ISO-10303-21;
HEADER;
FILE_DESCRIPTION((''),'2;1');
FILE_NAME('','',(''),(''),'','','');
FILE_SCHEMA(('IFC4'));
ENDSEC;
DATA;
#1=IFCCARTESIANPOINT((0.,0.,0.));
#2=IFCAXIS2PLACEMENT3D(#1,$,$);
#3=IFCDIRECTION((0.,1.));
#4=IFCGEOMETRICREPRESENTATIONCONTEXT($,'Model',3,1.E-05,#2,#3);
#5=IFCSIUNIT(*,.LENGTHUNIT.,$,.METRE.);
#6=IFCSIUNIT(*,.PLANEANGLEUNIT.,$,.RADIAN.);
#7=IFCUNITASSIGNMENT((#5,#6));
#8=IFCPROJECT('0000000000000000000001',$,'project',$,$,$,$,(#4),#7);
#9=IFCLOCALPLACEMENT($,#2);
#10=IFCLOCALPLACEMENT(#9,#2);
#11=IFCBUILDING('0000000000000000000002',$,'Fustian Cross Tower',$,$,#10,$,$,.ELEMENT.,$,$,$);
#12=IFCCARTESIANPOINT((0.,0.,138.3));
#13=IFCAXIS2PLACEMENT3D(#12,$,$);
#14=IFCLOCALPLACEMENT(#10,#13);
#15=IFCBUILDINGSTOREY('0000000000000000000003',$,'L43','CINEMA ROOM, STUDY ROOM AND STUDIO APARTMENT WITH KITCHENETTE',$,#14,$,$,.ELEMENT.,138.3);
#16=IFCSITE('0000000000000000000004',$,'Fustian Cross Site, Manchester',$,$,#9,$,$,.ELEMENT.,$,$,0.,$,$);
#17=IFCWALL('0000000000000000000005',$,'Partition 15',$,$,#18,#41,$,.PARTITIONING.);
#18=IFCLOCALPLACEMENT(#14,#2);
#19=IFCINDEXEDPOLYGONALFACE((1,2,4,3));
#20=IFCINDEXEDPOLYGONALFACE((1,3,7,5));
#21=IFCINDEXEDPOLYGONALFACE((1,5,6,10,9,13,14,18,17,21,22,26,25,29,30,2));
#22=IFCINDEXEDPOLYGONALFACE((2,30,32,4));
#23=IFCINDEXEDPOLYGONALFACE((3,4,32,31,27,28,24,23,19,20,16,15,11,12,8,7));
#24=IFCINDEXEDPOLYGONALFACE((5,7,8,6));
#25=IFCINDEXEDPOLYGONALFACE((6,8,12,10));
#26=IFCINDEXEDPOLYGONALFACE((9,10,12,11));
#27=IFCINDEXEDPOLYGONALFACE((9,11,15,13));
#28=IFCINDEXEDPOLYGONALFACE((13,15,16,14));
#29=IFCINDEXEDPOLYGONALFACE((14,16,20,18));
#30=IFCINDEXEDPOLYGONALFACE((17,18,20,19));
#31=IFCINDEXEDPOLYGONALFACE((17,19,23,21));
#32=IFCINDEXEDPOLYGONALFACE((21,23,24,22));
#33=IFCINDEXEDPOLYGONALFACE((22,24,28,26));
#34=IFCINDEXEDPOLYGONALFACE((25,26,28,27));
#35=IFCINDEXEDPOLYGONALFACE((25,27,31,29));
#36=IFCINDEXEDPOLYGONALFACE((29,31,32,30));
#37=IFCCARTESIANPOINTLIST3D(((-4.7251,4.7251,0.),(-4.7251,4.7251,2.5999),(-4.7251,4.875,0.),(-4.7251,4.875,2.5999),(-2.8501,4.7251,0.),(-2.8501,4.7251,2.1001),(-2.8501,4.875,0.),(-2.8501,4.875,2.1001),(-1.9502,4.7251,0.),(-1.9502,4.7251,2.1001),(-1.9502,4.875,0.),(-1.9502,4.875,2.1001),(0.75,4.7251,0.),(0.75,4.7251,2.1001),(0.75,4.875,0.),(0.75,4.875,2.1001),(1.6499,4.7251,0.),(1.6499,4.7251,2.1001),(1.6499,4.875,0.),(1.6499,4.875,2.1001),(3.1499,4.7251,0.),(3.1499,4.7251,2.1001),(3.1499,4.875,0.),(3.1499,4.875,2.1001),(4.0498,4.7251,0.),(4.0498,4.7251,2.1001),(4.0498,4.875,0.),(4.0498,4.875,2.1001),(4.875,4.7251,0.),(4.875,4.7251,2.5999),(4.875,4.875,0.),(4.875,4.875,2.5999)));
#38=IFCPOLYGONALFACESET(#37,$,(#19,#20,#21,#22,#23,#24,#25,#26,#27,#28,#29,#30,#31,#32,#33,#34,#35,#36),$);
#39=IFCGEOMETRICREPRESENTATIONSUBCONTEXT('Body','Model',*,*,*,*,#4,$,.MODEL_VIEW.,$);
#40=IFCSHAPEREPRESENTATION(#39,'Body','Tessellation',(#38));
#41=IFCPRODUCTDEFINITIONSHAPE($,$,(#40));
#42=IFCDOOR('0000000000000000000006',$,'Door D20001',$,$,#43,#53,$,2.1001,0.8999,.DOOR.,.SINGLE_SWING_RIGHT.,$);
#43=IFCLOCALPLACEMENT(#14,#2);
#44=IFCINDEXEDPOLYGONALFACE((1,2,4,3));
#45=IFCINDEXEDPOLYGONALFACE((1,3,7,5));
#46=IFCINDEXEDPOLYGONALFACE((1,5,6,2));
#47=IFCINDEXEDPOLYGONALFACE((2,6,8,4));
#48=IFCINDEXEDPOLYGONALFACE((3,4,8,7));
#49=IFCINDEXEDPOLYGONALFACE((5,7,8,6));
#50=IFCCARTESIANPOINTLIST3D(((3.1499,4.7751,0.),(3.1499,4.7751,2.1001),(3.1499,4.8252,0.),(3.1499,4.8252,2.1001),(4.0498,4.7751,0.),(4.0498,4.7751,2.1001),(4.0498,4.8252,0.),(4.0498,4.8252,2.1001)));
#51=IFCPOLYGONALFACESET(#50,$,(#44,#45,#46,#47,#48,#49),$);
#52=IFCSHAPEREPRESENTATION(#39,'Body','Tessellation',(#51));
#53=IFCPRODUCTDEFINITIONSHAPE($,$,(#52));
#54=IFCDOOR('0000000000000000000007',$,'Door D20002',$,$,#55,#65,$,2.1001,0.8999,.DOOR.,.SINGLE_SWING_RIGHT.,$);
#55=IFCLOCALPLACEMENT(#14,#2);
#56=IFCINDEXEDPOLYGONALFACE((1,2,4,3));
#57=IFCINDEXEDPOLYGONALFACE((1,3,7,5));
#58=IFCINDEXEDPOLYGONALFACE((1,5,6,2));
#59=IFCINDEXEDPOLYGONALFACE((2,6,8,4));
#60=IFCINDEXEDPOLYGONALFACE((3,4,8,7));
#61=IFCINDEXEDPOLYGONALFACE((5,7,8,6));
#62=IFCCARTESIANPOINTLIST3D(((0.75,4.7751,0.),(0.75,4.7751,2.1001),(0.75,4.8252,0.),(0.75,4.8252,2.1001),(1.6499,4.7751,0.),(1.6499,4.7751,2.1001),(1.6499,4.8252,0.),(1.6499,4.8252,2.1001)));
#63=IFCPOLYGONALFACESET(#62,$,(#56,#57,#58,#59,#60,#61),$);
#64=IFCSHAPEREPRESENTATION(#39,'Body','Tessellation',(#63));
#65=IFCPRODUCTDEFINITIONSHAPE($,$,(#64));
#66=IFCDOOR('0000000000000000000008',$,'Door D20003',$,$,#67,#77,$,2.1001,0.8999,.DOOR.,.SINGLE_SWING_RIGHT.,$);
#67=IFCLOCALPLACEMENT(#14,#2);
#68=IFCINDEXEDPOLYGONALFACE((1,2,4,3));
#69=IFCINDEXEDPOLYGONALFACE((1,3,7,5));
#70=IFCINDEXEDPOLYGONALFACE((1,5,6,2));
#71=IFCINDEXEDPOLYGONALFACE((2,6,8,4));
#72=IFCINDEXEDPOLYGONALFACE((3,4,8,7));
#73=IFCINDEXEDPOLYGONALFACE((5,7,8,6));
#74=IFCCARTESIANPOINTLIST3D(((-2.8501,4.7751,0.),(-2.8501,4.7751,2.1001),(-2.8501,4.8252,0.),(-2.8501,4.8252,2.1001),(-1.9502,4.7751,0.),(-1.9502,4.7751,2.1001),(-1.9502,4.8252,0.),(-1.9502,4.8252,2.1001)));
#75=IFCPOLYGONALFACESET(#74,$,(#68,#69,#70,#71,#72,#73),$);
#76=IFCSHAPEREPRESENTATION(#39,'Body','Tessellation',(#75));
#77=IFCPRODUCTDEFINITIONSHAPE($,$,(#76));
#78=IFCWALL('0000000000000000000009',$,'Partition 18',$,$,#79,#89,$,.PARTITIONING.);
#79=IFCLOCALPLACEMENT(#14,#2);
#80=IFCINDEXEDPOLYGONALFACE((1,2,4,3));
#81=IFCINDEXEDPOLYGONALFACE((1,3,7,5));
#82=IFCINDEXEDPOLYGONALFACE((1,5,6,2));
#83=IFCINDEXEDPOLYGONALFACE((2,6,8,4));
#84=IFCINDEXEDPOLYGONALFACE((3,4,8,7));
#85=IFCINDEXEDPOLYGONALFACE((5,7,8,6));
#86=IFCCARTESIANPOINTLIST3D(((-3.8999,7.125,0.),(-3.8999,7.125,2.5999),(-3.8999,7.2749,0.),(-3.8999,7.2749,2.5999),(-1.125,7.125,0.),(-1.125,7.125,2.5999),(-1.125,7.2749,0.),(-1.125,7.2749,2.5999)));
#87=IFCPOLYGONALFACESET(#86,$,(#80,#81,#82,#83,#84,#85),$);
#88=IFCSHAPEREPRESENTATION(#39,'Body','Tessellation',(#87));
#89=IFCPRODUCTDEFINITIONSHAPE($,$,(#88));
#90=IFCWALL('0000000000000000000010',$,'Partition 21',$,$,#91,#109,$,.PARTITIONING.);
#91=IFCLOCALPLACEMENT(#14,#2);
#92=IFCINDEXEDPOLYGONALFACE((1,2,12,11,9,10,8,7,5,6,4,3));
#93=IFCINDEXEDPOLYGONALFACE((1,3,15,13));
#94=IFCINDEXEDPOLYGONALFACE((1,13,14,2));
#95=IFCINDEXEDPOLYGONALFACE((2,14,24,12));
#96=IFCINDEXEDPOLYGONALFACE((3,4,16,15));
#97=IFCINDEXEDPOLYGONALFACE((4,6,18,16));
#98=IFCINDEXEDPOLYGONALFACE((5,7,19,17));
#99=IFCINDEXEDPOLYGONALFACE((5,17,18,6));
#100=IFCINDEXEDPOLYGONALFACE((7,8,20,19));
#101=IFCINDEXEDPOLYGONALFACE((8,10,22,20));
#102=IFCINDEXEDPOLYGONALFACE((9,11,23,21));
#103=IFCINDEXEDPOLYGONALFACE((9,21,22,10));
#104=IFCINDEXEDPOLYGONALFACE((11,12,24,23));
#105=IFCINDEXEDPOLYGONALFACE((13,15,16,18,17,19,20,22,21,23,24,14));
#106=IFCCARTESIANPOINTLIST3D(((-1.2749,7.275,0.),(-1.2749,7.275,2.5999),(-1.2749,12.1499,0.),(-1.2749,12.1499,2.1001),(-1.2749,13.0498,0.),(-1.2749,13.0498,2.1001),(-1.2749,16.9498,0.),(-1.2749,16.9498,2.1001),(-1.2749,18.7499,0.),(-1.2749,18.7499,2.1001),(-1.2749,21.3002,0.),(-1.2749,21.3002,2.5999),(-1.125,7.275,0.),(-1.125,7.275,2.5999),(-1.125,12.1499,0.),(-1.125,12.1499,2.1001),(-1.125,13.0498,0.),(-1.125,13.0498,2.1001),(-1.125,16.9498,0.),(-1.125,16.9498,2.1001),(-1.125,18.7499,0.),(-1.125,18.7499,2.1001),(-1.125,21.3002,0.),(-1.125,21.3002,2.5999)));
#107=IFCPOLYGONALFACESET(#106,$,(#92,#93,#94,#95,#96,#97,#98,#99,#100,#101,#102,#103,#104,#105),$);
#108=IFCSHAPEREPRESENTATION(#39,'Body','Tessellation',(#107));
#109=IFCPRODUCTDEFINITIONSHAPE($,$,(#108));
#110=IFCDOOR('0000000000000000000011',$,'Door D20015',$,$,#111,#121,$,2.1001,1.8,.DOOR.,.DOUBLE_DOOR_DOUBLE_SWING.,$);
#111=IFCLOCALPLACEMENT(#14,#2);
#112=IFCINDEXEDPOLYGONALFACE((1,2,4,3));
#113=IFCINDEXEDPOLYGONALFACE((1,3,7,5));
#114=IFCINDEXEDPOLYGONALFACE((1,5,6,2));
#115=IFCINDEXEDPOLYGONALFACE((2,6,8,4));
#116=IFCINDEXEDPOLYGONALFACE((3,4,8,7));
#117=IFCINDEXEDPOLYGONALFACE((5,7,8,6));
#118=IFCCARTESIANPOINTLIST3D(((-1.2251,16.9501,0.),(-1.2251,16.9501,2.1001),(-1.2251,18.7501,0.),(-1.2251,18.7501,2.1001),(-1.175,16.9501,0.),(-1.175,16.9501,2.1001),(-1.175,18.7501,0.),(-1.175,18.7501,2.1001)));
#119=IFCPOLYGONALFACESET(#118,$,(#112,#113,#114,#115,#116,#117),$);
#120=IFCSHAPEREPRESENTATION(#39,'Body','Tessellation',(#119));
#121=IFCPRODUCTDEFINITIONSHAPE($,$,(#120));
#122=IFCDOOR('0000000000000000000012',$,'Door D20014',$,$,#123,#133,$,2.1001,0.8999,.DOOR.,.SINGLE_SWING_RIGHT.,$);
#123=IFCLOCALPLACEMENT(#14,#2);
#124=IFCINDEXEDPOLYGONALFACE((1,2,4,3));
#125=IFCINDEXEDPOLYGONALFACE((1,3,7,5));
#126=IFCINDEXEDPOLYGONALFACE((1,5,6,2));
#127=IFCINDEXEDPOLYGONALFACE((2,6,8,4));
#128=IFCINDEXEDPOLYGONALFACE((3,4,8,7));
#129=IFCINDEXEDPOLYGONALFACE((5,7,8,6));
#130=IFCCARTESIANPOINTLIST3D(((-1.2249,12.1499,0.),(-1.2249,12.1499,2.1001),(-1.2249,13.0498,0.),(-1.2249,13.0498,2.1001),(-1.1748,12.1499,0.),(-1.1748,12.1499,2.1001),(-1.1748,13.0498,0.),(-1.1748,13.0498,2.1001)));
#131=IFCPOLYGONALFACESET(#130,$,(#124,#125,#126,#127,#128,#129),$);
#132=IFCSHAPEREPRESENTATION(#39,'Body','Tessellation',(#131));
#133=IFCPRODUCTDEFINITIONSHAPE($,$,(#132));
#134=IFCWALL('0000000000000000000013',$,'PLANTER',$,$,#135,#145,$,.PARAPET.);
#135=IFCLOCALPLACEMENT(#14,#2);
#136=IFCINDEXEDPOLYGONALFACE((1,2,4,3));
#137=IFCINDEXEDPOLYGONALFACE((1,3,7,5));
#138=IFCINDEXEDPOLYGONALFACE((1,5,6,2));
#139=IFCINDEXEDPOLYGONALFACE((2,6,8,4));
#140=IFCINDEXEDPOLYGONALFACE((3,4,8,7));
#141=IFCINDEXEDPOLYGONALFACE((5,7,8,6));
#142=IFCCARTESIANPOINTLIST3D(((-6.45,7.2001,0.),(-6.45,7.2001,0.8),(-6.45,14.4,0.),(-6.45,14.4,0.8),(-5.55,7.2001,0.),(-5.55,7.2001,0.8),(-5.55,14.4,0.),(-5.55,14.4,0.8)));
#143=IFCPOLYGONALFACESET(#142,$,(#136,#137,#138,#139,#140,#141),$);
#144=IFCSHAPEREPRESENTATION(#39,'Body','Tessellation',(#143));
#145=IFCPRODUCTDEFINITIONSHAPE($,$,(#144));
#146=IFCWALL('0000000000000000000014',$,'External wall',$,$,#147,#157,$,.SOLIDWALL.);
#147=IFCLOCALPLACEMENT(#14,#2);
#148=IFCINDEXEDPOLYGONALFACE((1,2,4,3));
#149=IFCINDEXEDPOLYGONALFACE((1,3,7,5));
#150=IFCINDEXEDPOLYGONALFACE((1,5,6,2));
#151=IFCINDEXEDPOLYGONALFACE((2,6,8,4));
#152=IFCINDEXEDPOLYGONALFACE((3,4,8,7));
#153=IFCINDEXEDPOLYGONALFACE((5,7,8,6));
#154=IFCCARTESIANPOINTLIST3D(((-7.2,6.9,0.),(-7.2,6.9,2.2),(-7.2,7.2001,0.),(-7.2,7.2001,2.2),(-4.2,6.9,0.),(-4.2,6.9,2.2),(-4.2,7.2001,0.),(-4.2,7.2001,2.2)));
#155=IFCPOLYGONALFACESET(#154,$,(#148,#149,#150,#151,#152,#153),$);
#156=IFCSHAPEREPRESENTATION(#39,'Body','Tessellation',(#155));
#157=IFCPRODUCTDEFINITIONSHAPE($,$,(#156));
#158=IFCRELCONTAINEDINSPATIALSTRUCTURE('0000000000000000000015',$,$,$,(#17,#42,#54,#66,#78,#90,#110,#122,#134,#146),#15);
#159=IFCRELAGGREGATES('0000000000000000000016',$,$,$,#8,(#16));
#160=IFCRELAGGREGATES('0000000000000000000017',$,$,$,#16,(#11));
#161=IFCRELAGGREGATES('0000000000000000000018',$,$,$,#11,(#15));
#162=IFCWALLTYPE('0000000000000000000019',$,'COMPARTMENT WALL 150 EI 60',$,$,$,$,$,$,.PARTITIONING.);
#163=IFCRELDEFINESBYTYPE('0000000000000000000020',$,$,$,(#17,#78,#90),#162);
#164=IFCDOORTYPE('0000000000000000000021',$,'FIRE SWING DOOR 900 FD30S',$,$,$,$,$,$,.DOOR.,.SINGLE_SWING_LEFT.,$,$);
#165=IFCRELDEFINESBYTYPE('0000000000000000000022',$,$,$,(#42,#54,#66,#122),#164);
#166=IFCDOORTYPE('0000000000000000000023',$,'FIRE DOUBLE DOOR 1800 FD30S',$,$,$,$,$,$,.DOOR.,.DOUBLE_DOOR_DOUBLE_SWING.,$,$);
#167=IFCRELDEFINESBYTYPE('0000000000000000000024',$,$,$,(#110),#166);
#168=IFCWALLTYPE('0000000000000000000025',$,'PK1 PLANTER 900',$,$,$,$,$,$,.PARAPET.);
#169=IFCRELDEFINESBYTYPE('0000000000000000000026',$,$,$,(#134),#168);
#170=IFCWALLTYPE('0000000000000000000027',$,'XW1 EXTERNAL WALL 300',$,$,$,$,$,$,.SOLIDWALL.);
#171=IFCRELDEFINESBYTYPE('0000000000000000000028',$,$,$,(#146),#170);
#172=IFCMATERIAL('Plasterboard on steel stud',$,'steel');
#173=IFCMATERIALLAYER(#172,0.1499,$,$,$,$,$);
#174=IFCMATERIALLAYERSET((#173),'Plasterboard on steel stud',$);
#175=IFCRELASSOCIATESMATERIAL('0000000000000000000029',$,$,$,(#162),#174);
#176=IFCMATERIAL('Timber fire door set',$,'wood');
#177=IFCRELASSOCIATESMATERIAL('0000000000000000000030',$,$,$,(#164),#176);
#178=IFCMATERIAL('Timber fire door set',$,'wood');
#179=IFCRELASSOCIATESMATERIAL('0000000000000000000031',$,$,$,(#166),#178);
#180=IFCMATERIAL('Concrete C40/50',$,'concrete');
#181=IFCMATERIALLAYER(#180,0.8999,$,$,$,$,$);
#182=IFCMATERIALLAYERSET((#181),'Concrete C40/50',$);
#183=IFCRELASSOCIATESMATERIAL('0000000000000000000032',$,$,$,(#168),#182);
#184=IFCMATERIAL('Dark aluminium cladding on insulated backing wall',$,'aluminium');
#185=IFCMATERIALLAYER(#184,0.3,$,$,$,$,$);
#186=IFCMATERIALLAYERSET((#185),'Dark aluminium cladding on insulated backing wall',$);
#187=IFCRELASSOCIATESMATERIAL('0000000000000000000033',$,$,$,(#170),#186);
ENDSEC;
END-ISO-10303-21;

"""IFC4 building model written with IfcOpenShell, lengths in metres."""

from ifc_helpers import new_model, si_unit, direction, frame, frame_2d, origin, place, context, subcontext, project, spatial, rectangle, extrude, material, layer, layer_set, type_object, element, fill, save


model = new_model("IFC4")

# Units and contexts
model_context = context("Model", 3, precision=1e-05, world=origin(), true_north=direction((0.0, 1.0)))
body_context = subcontext(model_context, "Body", "Model", "MODEL_VIEW")
ifc_project = project(units=[si_unit("LENGTHUNIT", "METRE"), si_unit("PLANEANGLEUNIT", "RADIAN")], contexts=[model_context])

# Site, building, storey
site_placement = place(None, origin())
site = spatial("IfcSite", under=ifc_project, at=site_placement, Name="Fustian Cross Site, Manchester", CompositionType="ELEMENT", RefElevation=0.0)
building_placement = place(site_placement, origin())
building = spatial("IfcBuilding", under=site, at=building_placement, Name="Fustian Cross Tower", CompositionType="ELEMENT")
storey_placement = place(building_placement, frame((0.0, 0.0, 138.3)))
storey = spatial("IfcBuildingStorey", under=building, at=storey_placement, Name="L43", Description="CINEMA ROOM, STUDY ROOM AND STUDIO APARTMENT WITH KITCHENETTE", CompositionType="ELEMENT", Elevation=138.3)

# Shared definitions
ifc_material_1 = material(Name="Plasterboard on steel stud", Category="steel")
ifc_layer_1 = layer(ifc_material_1, 0.1499)
ifc_layer_set_1 = layer_set([ifc_layer_1], Name="Plasterboard on steel stud")
wall_type_1 = type_object("IfcWallType", Name="COMPARTMENT WALL 150 EI 60", PredefinedType="PARTITIONING", material=ifc_layer_set_1)

# Wall, openings, doors
wall_1_placement = place(storey_placement, frame((-4.7251, 4.8, 0.0), z_axis=(0.0, 0.0, 1.0), x_axis=(1.0, 0.0, 0.0)))
wall_1 = element("IfcWall", 1, at=wall_1_placement, inside=storey, type_object=wall_type_1, Name="Partition 15", PredefinedType="PARTITIONING", context=body_context, shape_type="SweptSolid", body=[
    extrude(rectangle(XDim=9.6001, YDim=0.1499, at=frame_2d((4.8, 0.0))), origin(), (0.0, 0.0, 1.0), 2.5999),
])
opening_1_placement = place(wall_1_placement, frame((7.875, 0.0, 0.0)))
opening_1 = element("IfcOpeningElement", 2, at=opening_1_placement, cuts=wall_1, PredefinedType="OPENING", context=body_context, shape_type="SweptSolid", body=[
    extrude(rectangle(XDim=0.8999, YDim=2.1001, at=frame_2d((0.45, 1.05))), frame((0.0, 0.085, 0.0), z_axis=(0.0, -1.0, 0.0), x_axis=(1.0, 0.0, 0.0)), (0.0, 0.0, 1.0), 0.1699),
])
opening_2_placement = place(wall_1_placement, frame((5.4751, 0.0, 0.0)))
opening_2 = element("IfcOpeningElement", 3, at=opening_2_placement, cuts=wall_1, PredefinedType="OPENING", context=body_context, shape_type="SweptSolid", body=[
    extrude(rectangle(XDim=0.8999, YDim=2.1001, at=frame_2d((0.45, 1.05))), frame((0.0, 0.085, 0.0), z_axis=(0.0, -1.0, 0.0), x_axis=(1.0, 0.0, 0.0)), (0.0, 0.0, 1.0), 0.1699),
])
opening_3_placement = place(wall_1_placement, frame((1.875, 0.0, 0.0)))
opening_3 = element("IfcOpeningElement", 4, at=opening_3_placement, cuts=wall_1, PredefinedType="OPENING", context=body_context, shape_type="SweptSolid", body=[
    extrude(rectangle(XDim=0.8999, YDim=2.1001, at=frame_2d((0.45, 1.05))), frame((0.0, 0.085, 0.0), z_axis=(0.0, -1.0, 0.0), x_axis=(1.0, 0.0, 0.0)), (0.0, 0.0, 1.0), 0.1699),
])
ifc_material_2 = material(Name="Timber fire door set", Category="wood")
door_type_1 = type_object("IfcDoorType", Name="FIRE SWING DOOR 900 FD30S", OperationType="SINGLE_SWING_LEFT", PredefinedType="DOOR", material=ifc_material_2)
door_1_placement = place(opening_1_placement, frame((0.8999, 0.0, 0.0), z_axis=(0.0, 0.0, 1.0), x_axis=(-1.0, 0.0, 0.0)))
door_1 = element("IfcDoor", 5, at=door_1_placement, inside=storey, type_object=door_type_1, Name="Door D20001", OperationType="SINGLE_SWING_RIGHT", OverallHeight=2.1001, OverallWidth=0.8999, PredefinedType="DOOR", context=body_context, shape_type="SweptSolid", body=[
    extrude(rectangle(XDim=0.8999, YDim=2.1001, at=frame_2d((0.45, 1.05))), frame((0.0, 0.0249, 0.0), z_axis=(0.0, -1.0, 0.0), x_axis=(1.0, 0.0, 0.0)), (0.0, 0.0, 1.0), 0.05),
])
fill(opening_1, door_1)
door_2_placement = place(opening_2_placement, frame((0.8999, 0.0, 0.0), z_axis=(0.0, 0.0, 1.0), x_axis=(-1.0, 0.0, 0.0)))
door_2 = element("IfcDoor", 6, at=door_2_placement, inside=storey, type_object=door_type_1, Name="Door D20002", OperationType="SINGLE_SWING_RIGHT", OverallHeight=2.1001, OverallWidth=0.8999, PredefinedType="DOOR", context=body_context, shape_type="SweptSolid", body=[
    extrude(rectangle(XDim=0.8999, YDim=2.1001, at=frame_2d((0.45, 1.05))), frame((0.0, 0.0249, 0.0), z_axis=(0.0, -1.0, 0.0), x_axis=(1.0, 0.0, 0.0)), (0.0, 0.0, 1.0), 0.05),
])
fill(opening_2, door_2)
door_3_placement = place(opening_3_placement, frame((0.8999, 0.0, 0.0), z_axis=(0.0, 0.0, 1.0), x_axis=(-1.0, 0.0, 0.0)))
door_3 = element("IfcDoor", 7, at=door_3_placement, inside=storey, type_object=door_type_1, Name="Door D20003", OperationType="SINGLE_SWING_RIGHT", OverallHeight=2.1001, OverallWidth=0.8999, PredefinedType="DOOR", context=body_context, shape_type="SweptSolid", body=[
    extrude(rectangle(XDim=0.8999, YDim=2.1001, at=frame_2d((0.45, 1.05))), frame((0.0, 0.0249, 0.0), z_axis=(0.0, -1.0, 0.0), x_axis=(1.0, 0.0, 0.0)), (0.0, 0.0, 1.0), 0.05),
])
fill(opening_3, door_3)

# Wall
wall_2_placement = place(storey_placement, frame((-3.8999, 7.2, 0.0), z_axis=(0.0, 0.0, 1.0), x_axis=(1.0, 0.0, 0.0)))
element("IfcWall", 8, at=wall_2_placement, inside=storey, type_object=wall_type_1, Name="Partition 18", PredefinedType="PARTITIONING", context=body_context, shape_type="SweptSolid", body=[
    extrude(rectangle(XDim=2.7749, YDim=0.1499, at=frame_2d((1.3875, 0.0))), origin(), (0.0, 0.0, 1.0), 2.5999),
])

# Wall, openings, doors
wall_3_placement = place(storey_placement, frame((-1.2, 7.2749, 0.0), z_axis=(0.0, 0.0, 1.0), x_axis=(0.0, 1.0, 0.0)))
wall_3 = element("IfcWall", 9, at=wall_3_placement, inside=storey, type_object=wall_type_1, Name="Partition 21", PredefinedType="PARTITIONING", context=body_context, shape_type="SweptSolid", body=[
    extrude(rectangle(XDim=14.0251, YDim=0.1499, at=frame_2d((7.0127, 0.0))), origin(), (0.0, 0.0, 1.0), 2.5999),
])
opening_4_placement = place(wall_3_placement, frame((4.875, 0.0, 0.0)))
opening_4 = element("IfcOpeningElement", 10, at=opening_4_placement, cuts=wall_3, PredefinedType="OPENING", context=body_context, shape_type="SweptSolid", body=[
    extrude(rectangle(XDim=0.8999, YDim=2.1001, at=frame_2d((0.45, 1.05))), frame((0.0, 0.085, 0.0), z_axis=(0.0, -1.0, 0.0), x_axis=(1.0, 0.0, 0.0)), (0.0, 0.0, 1.0), 0.1699),
])
opening_5_placement = place(wall_3_placement, frame((9.675, 0.0, 0.0)))
opening_5 = element("IfcOpeningElement", 11, at=opening_5_placement, cuts=wall_3, PredefinedType="OPENING", context=body_context, shape_type="SweptSolid", body=[
    extrude(rectangle(XDim=1.8, YDim=2.1001, at=frame_2d((0.8999, 1.05))), frame((0.0, 0.085, 0.0), z_axis=(0.0, -1.0, 0.0), x_axis=(1.0, 0.0, 0.0)), (0.0, 0.0, 1.0), 0.1699),
])
ifc_material_3 = material(Name="Timber fire door set", Category="wood")
door_type_2 = type_object("IfcDoorType", Name="FIRE DOUBLE DOOR 1800 FD30S", OperationType="DOUBLE_DOOR_DOUBLE_SWING", PredefinedType="DOOR", material=ifc_material_3)
door_4_placement = place(opening_5_placement, frame((1.8, 0.0, 0.0), z_axis=(0.0, 0.0, 1.0), x_axis=(-1.0, 0.0, 0.0)))
door_4 = element("IfcDoor", 12, at=door_4_placement, inside=storey, type_object=door_type_2, Name="Door D20015", OperationType="DOUBLE_DOOR_DOUBLE_SWING", OverallHeight=2.1001, OverallWidth=1.8, PredefinedType="DOOR", context=body_context, shape_type="SweptSolid", body=[
    extrude(rectangle(XDim=1.8, YDim=2.1001, at=frame_2d((0.8999, 1.05))), frame((0.0, 0.0249, 0.0), z_axis=(0.0, -1.0, 0.0), x_axis=(1.0, 0.0, 0.0)), (0.0, 0.0, 1.0), 0.05),
])
fill(opening_5, door_4)
door_5_placement = place(opening_4_placement, origin())
door_5 = element("IfcDoor", 13, at=door_5_placement, inside=storey, type_object=door_type_1, Name="Door D20014", OperationType="SINGLE_SWING_RIGHT", OverallHeight=2.1001, OverallWidth=0.8999, PredefinedType="DOOR", context=body_context, shape_type="SweptSolid", body=[
    extrude(rectangle(XDim=0.8999, YDim=2.1001, at=frame_2d((0.45, 1.05))), frame((0.0, 0.0249, 0.0), z_axis=(0.0, -1.0, 0.0), x_axis=(1.0, 0.0, 0.0)), (0.0, 0.0, 1.0), 0.05),
])
fill(opening_4, door_5)

# Walls
ifc_material_4 = material(Name="Concrete C40/50", Category="concrete")
ifc_layer_2 = layer(ifc_material_4, 0.8999)
ifc_layer_set_2 = layer_set([ifc_layer_2], Name="Concrete C40/50")
wall_type_2 = type_object("IfcWallType", Name="PK1 PLANTER 900", PredefinedType="PARAPET", material=ifc_layer_set_2)
wall_4_placement = place(storey_placement, frame((-6.0, 7.2, 0.0), z_axis=(0.0, 0.0, 1.0), x_axis=(0.0, 1.0, 0.0)))
element("IfcWall", 14, at=wall_4_placement, inside=storey, type_object=wall_type_2, Name="PLANTER", PredefinedType="PARAPET", context=body_context, shape_type="SweptSolid", body=[
    extrude(rectangle(XDim=7.2, YDim=0.8999, at=frame_2d((3.6001, 0.0))), origin(), (0.0, 0.0, 1.0), 0.8),
])
ifc_material_5 = material(Name="Dark aluminium cladding on insulated backing wall", Category="aluminium")
ifc_layer_3 = layer(ifc_material_5, 0.3)
ifc_layer_set_3 = layer_set([ifc_layer_3], Name="Dark aluminium cladding on insulated backing wall")
wall_type_3 = type_object("IfcWallType", Name="XW1 EXTERNAL WALL 300", PredefinedType="SOLIDWALL", material=ifc_layer_set_3)
wall_5_placement = place(storey_placement, frame((-4.2, 7.05, 0.0), z_axis=(0.0, 0.0, 1.0), x_axis=(-1.0, 0.0, 0.0)))
element("IfcWall", 15, at=wall_5_placement, inside=storey, type_object=wall_type_3, Name="External wall", PredefinedType="SOLIDWALL", context=body_context, shape_type="SweptSolid", body=[
    extrude(rectangle(XDim=3.0, YDim=0.3, at=frame_2d((1.5, 0.0))), origin(), (0.0, 0.0, 1.0), 2.2),
])

save(model, "model.ifc")
